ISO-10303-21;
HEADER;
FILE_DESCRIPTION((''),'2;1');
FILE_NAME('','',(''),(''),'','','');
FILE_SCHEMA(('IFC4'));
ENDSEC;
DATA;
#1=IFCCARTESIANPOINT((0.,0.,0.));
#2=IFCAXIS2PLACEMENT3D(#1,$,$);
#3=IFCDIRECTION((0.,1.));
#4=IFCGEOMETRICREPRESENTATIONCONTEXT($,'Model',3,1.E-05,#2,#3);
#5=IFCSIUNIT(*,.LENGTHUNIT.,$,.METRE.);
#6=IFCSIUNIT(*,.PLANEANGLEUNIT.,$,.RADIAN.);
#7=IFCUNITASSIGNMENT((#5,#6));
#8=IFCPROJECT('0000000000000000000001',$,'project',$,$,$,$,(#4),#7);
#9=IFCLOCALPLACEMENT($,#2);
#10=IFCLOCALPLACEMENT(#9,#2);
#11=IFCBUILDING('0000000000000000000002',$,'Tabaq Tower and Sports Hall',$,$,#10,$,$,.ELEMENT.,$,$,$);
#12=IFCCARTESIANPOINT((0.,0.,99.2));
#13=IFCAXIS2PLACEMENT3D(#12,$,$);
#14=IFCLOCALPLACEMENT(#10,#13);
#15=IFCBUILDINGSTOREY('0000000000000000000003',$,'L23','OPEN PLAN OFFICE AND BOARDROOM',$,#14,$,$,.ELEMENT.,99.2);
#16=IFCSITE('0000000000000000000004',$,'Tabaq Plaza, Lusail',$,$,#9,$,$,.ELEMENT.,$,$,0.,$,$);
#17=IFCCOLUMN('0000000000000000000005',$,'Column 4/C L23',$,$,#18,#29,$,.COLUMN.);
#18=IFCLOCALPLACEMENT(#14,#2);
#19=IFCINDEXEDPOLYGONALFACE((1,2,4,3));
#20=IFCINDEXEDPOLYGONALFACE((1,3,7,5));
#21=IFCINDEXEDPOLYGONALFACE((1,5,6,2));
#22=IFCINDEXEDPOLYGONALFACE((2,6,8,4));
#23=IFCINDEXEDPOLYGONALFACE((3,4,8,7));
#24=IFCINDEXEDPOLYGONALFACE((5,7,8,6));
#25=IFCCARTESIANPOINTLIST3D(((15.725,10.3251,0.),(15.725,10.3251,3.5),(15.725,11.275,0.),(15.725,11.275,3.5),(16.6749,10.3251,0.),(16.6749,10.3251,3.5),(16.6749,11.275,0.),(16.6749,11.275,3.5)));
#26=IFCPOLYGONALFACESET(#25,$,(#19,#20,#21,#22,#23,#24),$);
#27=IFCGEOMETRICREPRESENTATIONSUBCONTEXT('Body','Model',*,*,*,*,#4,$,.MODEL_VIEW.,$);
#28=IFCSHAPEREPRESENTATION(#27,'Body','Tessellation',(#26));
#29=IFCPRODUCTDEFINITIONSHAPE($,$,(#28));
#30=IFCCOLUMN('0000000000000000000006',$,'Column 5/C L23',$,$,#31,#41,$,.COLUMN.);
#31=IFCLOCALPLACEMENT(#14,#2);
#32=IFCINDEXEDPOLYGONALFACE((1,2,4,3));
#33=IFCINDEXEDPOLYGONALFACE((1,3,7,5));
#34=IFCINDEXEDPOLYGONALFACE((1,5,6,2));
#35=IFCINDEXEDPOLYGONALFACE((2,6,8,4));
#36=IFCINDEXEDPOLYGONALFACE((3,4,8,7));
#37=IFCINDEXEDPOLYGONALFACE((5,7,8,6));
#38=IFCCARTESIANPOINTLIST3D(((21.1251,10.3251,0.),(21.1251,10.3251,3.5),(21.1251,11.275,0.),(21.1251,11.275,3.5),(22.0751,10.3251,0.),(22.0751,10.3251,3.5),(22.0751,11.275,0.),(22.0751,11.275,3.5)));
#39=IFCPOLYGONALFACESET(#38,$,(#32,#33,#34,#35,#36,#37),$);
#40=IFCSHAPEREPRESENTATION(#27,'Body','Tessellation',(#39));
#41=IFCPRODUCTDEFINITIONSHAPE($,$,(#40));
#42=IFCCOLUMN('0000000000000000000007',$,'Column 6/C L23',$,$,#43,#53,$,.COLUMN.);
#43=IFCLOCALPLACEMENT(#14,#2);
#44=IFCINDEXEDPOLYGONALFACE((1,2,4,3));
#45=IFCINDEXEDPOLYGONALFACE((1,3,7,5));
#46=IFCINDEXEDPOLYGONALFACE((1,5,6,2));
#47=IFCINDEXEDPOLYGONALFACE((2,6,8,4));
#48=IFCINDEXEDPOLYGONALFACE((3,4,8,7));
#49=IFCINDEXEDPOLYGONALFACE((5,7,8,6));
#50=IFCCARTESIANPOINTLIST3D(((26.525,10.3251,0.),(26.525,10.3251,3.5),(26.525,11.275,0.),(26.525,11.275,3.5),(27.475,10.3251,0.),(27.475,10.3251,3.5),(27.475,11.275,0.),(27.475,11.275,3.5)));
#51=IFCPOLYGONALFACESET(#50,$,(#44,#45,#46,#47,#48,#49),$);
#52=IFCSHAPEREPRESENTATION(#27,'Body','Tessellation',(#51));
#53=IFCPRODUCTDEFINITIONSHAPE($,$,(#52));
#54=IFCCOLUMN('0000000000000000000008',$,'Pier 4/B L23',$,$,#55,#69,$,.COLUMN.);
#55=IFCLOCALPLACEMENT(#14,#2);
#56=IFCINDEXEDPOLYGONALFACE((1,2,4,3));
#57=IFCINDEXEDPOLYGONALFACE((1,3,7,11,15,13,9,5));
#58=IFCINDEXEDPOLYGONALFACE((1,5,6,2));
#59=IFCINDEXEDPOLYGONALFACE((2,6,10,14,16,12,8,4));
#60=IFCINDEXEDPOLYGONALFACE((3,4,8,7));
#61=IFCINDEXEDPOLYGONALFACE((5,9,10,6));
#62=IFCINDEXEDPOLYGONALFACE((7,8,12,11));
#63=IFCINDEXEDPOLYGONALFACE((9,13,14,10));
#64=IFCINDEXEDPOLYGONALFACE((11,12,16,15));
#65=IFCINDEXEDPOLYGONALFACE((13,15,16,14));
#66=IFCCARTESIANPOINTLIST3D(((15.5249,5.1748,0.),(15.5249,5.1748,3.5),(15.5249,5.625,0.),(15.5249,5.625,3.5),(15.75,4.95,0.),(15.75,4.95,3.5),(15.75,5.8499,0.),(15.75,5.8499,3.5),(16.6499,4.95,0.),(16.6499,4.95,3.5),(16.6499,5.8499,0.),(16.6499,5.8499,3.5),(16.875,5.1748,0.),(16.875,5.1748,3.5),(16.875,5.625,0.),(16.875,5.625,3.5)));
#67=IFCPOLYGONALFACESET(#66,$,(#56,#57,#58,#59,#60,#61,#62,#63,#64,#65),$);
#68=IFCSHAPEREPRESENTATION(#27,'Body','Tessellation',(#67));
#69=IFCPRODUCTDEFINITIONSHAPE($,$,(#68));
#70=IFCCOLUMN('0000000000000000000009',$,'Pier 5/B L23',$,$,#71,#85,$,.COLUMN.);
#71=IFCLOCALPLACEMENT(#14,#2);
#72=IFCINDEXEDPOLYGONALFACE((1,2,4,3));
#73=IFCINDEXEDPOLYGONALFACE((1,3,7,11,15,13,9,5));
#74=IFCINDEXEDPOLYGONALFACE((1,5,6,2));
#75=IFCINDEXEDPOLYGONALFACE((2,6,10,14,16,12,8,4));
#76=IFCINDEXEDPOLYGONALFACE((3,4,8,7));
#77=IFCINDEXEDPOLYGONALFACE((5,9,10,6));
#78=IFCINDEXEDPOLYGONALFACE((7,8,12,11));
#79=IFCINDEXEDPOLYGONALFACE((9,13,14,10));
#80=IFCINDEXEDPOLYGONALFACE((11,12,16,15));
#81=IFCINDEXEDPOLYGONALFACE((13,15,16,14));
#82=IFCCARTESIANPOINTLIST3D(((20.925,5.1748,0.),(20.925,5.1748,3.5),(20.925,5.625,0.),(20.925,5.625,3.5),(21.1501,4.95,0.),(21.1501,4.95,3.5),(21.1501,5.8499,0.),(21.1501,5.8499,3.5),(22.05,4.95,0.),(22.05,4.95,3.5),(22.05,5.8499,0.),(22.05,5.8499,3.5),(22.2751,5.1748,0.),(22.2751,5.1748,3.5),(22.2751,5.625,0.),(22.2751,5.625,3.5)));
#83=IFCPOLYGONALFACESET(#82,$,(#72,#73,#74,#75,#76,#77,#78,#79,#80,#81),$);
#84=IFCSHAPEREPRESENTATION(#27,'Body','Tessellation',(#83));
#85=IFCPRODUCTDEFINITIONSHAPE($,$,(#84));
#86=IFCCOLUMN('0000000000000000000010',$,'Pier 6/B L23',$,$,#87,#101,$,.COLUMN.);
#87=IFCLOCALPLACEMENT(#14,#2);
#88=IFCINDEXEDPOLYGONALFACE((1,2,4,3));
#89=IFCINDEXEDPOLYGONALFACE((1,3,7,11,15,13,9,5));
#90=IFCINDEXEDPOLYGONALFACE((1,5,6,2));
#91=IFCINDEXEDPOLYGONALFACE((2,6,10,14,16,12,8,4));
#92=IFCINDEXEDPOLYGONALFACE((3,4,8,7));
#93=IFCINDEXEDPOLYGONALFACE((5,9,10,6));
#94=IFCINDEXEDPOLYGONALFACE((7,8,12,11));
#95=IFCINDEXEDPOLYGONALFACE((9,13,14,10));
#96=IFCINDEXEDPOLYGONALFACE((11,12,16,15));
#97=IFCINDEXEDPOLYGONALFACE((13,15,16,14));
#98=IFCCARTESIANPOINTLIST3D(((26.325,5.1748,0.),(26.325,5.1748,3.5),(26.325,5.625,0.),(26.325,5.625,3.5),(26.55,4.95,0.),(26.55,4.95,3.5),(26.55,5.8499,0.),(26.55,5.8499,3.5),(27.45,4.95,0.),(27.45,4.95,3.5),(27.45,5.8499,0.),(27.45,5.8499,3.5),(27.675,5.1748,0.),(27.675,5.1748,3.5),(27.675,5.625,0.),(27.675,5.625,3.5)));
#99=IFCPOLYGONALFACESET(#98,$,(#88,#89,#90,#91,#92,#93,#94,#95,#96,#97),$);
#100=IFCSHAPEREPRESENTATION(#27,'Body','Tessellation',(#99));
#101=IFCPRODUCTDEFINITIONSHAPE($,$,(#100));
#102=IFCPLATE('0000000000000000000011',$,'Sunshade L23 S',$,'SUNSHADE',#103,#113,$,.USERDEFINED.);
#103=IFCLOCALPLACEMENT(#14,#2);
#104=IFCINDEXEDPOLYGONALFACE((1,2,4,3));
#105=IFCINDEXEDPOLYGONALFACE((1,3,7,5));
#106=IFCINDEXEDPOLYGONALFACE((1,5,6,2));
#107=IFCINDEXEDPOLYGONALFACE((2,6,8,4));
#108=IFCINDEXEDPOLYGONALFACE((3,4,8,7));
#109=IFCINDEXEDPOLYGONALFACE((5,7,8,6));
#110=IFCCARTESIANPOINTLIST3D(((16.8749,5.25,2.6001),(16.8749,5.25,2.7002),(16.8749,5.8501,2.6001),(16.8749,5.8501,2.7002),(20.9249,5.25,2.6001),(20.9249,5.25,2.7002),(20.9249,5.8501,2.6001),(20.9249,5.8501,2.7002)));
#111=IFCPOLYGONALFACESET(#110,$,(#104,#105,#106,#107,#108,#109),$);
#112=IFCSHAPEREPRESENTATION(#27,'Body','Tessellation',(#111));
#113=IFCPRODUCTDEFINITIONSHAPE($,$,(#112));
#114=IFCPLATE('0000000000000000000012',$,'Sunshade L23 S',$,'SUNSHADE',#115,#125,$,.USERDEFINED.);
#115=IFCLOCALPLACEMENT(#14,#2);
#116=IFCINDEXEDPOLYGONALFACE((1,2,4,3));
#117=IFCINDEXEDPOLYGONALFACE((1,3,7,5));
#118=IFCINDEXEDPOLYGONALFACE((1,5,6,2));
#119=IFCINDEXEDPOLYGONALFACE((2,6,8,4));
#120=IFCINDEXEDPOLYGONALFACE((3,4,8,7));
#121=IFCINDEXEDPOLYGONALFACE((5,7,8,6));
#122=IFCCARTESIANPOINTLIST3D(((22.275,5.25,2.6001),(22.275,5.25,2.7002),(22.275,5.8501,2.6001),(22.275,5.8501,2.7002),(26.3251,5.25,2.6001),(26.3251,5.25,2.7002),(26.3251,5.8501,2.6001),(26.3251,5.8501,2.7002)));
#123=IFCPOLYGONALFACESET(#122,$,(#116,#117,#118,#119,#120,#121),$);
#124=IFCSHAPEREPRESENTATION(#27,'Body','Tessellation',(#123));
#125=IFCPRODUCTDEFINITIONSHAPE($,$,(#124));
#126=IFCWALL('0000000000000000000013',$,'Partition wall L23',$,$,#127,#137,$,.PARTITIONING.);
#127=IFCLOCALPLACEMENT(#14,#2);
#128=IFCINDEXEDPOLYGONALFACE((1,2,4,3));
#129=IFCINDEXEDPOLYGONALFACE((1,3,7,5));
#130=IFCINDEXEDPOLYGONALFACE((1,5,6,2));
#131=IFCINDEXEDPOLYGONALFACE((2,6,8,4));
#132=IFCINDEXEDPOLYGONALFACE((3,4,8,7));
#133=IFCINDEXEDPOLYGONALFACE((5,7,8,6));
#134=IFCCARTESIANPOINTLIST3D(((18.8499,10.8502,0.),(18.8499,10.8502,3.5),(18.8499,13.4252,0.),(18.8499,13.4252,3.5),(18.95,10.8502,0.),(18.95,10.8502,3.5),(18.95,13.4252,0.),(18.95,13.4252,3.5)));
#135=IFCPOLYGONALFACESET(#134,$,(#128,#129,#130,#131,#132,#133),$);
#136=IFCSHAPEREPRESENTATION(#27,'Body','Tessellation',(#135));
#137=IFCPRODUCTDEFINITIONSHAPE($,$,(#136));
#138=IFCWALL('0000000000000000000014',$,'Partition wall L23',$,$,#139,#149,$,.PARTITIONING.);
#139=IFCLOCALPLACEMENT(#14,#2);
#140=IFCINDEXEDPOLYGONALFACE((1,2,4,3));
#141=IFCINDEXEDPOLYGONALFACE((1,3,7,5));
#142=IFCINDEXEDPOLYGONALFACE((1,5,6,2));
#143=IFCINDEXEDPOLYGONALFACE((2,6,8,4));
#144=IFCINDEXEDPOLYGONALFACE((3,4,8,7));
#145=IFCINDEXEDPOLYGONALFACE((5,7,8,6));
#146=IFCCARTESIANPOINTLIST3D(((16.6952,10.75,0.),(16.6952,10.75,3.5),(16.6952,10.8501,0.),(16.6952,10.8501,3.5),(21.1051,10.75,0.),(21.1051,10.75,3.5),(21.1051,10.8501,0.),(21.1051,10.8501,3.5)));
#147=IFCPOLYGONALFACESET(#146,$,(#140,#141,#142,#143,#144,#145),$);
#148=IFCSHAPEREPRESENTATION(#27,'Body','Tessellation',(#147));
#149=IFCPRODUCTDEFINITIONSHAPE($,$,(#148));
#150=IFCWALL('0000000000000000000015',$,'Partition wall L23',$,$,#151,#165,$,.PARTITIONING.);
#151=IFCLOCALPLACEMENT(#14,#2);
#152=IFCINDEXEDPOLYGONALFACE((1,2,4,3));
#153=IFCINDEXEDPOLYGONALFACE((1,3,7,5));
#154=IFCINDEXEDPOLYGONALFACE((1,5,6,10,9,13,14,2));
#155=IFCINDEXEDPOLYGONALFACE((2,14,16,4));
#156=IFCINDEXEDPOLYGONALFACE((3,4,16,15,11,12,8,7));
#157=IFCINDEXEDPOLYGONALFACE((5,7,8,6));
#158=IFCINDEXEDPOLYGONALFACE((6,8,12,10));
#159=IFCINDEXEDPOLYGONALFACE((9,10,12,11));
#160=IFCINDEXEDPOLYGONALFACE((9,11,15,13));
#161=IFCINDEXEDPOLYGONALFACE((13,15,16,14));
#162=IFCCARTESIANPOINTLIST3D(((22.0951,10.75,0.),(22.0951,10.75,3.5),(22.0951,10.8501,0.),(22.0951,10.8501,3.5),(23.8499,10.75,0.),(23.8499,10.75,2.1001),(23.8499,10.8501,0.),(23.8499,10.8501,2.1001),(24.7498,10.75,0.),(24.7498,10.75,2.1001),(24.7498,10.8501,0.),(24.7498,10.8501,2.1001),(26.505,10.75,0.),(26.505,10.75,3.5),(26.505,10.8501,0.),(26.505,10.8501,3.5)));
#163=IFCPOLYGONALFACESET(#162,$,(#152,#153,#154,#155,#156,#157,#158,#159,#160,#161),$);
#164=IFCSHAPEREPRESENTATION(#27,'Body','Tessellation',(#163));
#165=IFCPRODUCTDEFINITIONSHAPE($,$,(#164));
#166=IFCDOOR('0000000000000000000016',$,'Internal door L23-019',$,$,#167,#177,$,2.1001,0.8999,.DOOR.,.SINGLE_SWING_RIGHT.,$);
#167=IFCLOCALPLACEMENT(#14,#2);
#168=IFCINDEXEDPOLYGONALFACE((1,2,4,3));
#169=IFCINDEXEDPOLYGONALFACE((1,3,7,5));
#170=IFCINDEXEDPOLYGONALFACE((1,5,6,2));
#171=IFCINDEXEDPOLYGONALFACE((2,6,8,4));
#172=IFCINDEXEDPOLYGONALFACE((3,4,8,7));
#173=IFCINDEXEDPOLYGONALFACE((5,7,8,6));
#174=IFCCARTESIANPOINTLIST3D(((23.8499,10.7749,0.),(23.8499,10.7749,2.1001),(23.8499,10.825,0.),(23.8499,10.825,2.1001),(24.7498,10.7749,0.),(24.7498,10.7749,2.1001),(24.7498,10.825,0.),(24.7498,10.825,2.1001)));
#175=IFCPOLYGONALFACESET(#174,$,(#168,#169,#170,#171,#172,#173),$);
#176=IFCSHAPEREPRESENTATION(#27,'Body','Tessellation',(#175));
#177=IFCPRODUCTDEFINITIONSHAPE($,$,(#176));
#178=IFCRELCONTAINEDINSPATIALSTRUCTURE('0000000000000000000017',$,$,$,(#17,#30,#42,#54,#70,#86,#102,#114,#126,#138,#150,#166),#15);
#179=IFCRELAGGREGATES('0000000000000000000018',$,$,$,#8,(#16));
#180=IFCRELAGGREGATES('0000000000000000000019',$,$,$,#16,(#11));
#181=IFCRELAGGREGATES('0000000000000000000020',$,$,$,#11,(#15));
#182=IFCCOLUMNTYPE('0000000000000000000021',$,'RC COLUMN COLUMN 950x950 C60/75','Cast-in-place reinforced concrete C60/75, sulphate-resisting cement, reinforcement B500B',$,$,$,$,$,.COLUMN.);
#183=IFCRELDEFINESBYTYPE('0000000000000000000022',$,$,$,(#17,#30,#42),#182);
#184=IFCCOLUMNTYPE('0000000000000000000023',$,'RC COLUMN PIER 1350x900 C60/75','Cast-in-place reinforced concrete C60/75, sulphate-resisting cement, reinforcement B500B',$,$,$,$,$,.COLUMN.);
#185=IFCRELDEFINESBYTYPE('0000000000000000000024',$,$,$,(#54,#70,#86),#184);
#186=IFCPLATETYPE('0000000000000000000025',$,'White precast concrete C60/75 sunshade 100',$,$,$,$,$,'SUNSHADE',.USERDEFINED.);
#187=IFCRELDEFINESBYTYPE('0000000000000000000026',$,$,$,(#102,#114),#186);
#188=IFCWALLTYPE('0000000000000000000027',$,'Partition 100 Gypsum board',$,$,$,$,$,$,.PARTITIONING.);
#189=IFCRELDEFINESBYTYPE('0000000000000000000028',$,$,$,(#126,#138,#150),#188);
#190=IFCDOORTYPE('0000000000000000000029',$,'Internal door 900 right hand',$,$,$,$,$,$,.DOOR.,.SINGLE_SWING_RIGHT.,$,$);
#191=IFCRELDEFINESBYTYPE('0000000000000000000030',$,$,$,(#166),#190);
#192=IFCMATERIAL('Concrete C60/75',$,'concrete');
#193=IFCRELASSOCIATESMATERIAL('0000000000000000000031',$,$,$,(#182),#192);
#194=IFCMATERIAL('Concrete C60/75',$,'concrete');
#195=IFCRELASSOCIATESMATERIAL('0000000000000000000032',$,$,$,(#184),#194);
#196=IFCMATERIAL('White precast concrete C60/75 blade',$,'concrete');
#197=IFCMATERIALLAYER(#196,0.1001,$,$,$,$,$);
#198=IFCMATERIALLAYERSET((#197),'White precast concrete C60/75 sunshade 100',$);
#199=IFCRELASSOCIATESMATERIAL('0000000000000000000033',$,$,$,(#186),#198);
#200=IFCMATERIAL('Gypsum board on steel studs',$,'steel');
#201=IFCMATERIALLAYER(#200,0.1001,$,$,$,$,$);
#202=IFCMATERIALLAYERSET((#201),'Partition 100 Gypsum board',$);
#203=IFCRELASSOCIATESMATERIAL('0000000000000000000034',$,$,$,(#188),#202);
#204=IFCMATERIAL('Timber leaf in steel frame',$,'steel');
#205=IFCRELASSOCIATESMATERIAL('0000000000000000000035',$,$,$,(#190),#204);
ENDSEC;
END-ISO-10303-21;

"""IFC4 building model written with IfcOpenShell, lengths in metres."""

from ifc_helpers import new_model, si_unit, direction, frame, frame_2d, origin, origin_2d, place, context, subcontext, project, spatial, polyline, rectangle, outline, extrude, material, layer, layer_set, material_profile, profile_set, type_object, element, fill, save


model = new_model("IFC4")

# Units and contexts
model_context = context("Model", 3, precision=1e-05, world=origin(), true_north=direction((0.0, 1.0)))
body_context = subcontext(model_context, "Body", "Model", "MODEL_VIEW")
ifc_project = project(units=[si_unit("LENGTHUNIT", "METRE"), si_unit("PLANEANGLEUNIT", "RADIAN")], contexts=[model_context])

# Site, building, storey
site_placement = place(None, origin())
site = spatial("IfcSite", under=ifc_project, at=site_placement, Name="Tabaq Plaza, Lusail", CompositionType="ELEMENT", RefElevation=0.0)
building_placement = place(site_placement, origin())
building = spatial("IfcBuilding", under=site, at=building_placement, Name="Tabaq Tower and Sports Hall", CompositionType="ELEMENT")
storey_placement = place(building_placement, frame((0.0, 0.0, 99.2)))
storey = spatial("IfcBuildingStorey", under=building, at=storey_placement, Name="L23", Description="OPEN PLAN OFFICE AND BOARDROOM", CompositionType="ELEMENT", Elevation=99.2)

# Columns
ifc_material_1 = material(Name="Concrete C60/75", Category="concrete")
ifc_material_profile_1 = material_profile(ifc_material_1, rectangle(XDim=0.95, YDim=0.95, at=origin_2d()), Name="COLUMN 950x950")
ifc_profile_set_1 = profile_set([ifc_material_profile_1], Name="Concrete C60/75")
column_type_1 = type_object("IfcColumnType", Name="RC COLUMN COLUMN 950x950 C60/75", Description="Cast-in-place reinforced concrete C60/75, sulphate-resisting cement, reinforcement B500B", PredefinedType="COLUMN", material=ifc_profile_set_1)
for number, where, z_axis, x_axis, name in (
    (1, (16.2, 10.8, 0.0), (0.0, 0.0, 1.0), (1.0, 0.0, 0.0), "Column 4/C L23"),
    (2, (21.6001, 10.8, 0.0), (0.0, 0.0, 1.0), (1.0, 0.0, 0.0), "Column 5/C L23"),
    (3, (27.0, 10.8, 0.0), (0.0, 0.0, 1.0), (1.0, 0.0, 0.0), "Column 6/C L23"),
):
    element("IfcColumn", number, at=place(storey_placement, frame(where, z_axis=z_axis, x_axis=x_axis)), inside=storey, type_object=column_type_1, Name=name, PredefinedType="COLUMN", context=body_context, shape_type="SweptSolid", body=[
        extrude(rectangle(XDim=0.95, YDim=0.95, at=origin_2d()), origin(), (0.0, 0.0, 1.0), 3.5),
    ])
ifc_material_2 = material(Name="Concrete C60/75", Category="concrete")
ifc_material_profile_2 = material_profile(ifc_material_2, outline(polyline([(-0.45, -0.45), (0.45, -0.45), (0.675, -0.2251), (0.675, 0.2251), (0.45, 0.45), (-0.45, 0.45), (-0.675, 0.2251), (-0.675, -0.2251), (-0.45, -0.45)])), Name="PIER 1350x900")
ifc_profile_set_2 = profile_set([ifc_material_profile_2], Name="Concrete C60/75")
column_type_2 = type_object("IfcColumnType", Name="RC COLUMN PIER 1350x900 C60/75", Description="Cast-in-place reinforced concrete C60/75, sulphate-resisting cement, reinforcement B500B", PredefinedType="COLUMN", material=ifc_profile_set_2)
for number, where, z_axis, x_axis, name in (
    (4, (16.2, 5.3999, 0.0), (0.0, 0.0, 1.0), (1.0, 0.0, 0.0), "Pier 4/B L23"),
    (5, (21.6001, 5.3999, 0.0), (0.0, 0.0, 1.0), (1.0, 0.0, 0.0), "Pier 5/B L23"),
    (6, (27.0, 5.3999, 0.0), (0.0, 0.0, 1.0), (1.0, 0.0, 0.0), "Pier 6/B L23"),
):
    element("IfcColumn", number, at=place(storey_placement, frame(where, z_axis=z_axis, x_axis=x_axis)), inside=storey, type_object=column_type_2, Name=name, PredefinedType="COLUMN", context=body_context, shape_type="SweptSolid", body=[
        extrude(outline(polyline([(-0.45, -0.45), (0.45, -0.45), (0.675, -0.2251), (0.675, 0.2251), (0.45, 0.45), (-0.45, 0.45), (-0.675, 0.2251), (-0.675, -0.2251), (-0.45, -0.45)])), origin(), (0.0, 0.0, 1.0), 3.5),
    ])

# Plates
ifc_material_3 = material(Name="White precast concrete C60/75 blade", Category="concrete")
ifc_layer_1 = layer(ifc_material_3, 0.1001)
ifc_layer_set_1 = layer_set([ifc_layer_1], Name="White precast concrete C60/75 sunshade 100")
plate_type = type_object("IfcPlateType", Name="White precast concrete C60/75 sunshade 100", ElementType="SUNSHADE", PredefinedType="USERDEFINED", material=ifc_layer_set_1)
for number, where, z_axis, x_axis, name in (
    (7, (18.8999, 5.55, 2.6001), (0.0, 0.0, 1.0), (1.0, 0.0, 0.0), "Sunshade L23 S"),
    (8, (24.3, 5.55, 2.6001), (0.0, 0.0, 1.0), (1.0, 0.0, 0.0), "Sunshade L23 S"),
):
    element("IfcPlate", number, at=place(storey_placement, frame(where, z_axis=z_axis, x_axis=x_axis)), inside=storey, type_object=plate_type, Name=name, ObjectType="SUNSHADE", PredefinedType="USERDEFINED", context=body_context, shape_type="SweptSolid", body=[
        extrude(rectangle(XDim=4.05, YDim=0.6001, at=origin_2d()), origin(), (0.0, 0.0, 1.0), 0.1001),
    ])

# Walls
ifc_material_4 = material(Name="Gypsum board on steel studs", Category="steel")
ifc_layer_2 = layer(ifc_material_4, 0.1001)
ifc_layer_set_2 = layer_set([ifc_layer_2], Name="Partition 100 Gypsum board")
wall_type = type_object("IfcWallType", Name="Partition 100 Gypsum board", PredefinedType="PARTITIONING", material=ifc_layer_set_2)
wall_1_placement = place(storey_placement, frame((18.8999, 10.8501, 0.0), z_axis=(0.0, 0.0, 1.0), x_axis=(0.0, 1.0, 0.0)))
element("IfcWall", 9, at=wall_1_placement, inside=storey, type_object=wall_type, Name="Partition wall L23", PredefinedType="PARTITIONING", context=body_context, shape_type="SweptSolid", body=[
    extrude(rectangle(XDim=2.575, YDim=0.1001, at=frame_2d((1.2876, 0.0))), origin(), (0.0, 0.0, 1.0), 3.5),
])
wall_2_placement = place(storey_placement, frame((16.6951, 10.8, 0.0), z_axis=(0.0, 0.0, 1.0), x_axis=(1.0, 0.0, 0.0)))
element("IfcWall", 10, at=wall_2_placement, inside=storey, type_object=wall_type, Name="Partition wall L23", PredefinedType="PARTITIONING", context=body_context, shape_type="SweptSolid", body=[
    extrude(rectangle(XDim=4.4099, YDim=0.1001, at=frame_2d((2.2051, 0.0))), origin(), (0.0, 0.0, 1.0), 3.5),
])

# Wall, opening, door
wall_3_placement = place(storey_placement, frame((22.095, 10.8, 0.0), z_axis=(0.0, 0.0, 1.0), x_axis=(1.0, 0.0, 0.0)))
wall_3 = element("IfcWall", 11, at=wall_3_placement, inside=storey, type_object=wall_type, Name="Partition wall L23", PredefinedType="PARTITIONING", context=body_context, shape_type="SweptSolid", body=[
    extrude(rectangle(XDim=4.4099, YDim=0.1001, at=frame_2d((2.2051, 0.0))), origin(), (0.0, 0.0, 1.0), 3.5),
])
opening_1_placement = place(wall_3_placement, frame((1.7549, 0.0, 0.0)))
opening_1 = element("IfcOpeningElement", 12, at=opening_1_placement, cuts=wall_3, PredefinedType="OPENING", context=body_context, shape_type="SweptSolid", body=[
    extrude(rectangle(XDim=0.8999, YDim=2.1001, at=frame_2d((0.45, 1.05))), frame((0.0, 0.05, 0.0), z_axis=(0.0, -1.0, 0.0), x_axis=(1.0, 0.0, 0.0)), (0.0, 0.0, 1.0), 0.1001),
])
ifc_material_5 = material(Name="Timber leaf in steel frame", Category="steel")
door_type_1 = type_object("IfcDoorType", Name="Internal door 900 right hand", OperationType="SINGLE_SWING_RIGHT", PredefinedType="DOOR", material=ifc_material_5)
door_1_placement = place(opening_1_placement, origin())
door_1 = element("IfcDoor", 13, at=door_1_placement, inside=storey, type_object=door_type_1, Name="Internal door L23-019", OperationType="SINGLE_SWING_RIGHT", OverallHeight=2.1001, OverallWidth=0.8999, PredefinedType="DOOR", context=body_context, shape_type="SweptSolid", body=[
    extrude(rectangle(XDim=0.8999, YDim=2.1001, at=frame_2d((0.45, 1.05))), frame((0.0, 0.0249, 0.0), z_axis=(0.0, -1.0, 0.0), x_axis=(1.0, 0.0, 0.0)), (0.0, 0.0, 1.0), 0.05),
])
fill(opening_1, door_1)

save(model, "model.ifc")
